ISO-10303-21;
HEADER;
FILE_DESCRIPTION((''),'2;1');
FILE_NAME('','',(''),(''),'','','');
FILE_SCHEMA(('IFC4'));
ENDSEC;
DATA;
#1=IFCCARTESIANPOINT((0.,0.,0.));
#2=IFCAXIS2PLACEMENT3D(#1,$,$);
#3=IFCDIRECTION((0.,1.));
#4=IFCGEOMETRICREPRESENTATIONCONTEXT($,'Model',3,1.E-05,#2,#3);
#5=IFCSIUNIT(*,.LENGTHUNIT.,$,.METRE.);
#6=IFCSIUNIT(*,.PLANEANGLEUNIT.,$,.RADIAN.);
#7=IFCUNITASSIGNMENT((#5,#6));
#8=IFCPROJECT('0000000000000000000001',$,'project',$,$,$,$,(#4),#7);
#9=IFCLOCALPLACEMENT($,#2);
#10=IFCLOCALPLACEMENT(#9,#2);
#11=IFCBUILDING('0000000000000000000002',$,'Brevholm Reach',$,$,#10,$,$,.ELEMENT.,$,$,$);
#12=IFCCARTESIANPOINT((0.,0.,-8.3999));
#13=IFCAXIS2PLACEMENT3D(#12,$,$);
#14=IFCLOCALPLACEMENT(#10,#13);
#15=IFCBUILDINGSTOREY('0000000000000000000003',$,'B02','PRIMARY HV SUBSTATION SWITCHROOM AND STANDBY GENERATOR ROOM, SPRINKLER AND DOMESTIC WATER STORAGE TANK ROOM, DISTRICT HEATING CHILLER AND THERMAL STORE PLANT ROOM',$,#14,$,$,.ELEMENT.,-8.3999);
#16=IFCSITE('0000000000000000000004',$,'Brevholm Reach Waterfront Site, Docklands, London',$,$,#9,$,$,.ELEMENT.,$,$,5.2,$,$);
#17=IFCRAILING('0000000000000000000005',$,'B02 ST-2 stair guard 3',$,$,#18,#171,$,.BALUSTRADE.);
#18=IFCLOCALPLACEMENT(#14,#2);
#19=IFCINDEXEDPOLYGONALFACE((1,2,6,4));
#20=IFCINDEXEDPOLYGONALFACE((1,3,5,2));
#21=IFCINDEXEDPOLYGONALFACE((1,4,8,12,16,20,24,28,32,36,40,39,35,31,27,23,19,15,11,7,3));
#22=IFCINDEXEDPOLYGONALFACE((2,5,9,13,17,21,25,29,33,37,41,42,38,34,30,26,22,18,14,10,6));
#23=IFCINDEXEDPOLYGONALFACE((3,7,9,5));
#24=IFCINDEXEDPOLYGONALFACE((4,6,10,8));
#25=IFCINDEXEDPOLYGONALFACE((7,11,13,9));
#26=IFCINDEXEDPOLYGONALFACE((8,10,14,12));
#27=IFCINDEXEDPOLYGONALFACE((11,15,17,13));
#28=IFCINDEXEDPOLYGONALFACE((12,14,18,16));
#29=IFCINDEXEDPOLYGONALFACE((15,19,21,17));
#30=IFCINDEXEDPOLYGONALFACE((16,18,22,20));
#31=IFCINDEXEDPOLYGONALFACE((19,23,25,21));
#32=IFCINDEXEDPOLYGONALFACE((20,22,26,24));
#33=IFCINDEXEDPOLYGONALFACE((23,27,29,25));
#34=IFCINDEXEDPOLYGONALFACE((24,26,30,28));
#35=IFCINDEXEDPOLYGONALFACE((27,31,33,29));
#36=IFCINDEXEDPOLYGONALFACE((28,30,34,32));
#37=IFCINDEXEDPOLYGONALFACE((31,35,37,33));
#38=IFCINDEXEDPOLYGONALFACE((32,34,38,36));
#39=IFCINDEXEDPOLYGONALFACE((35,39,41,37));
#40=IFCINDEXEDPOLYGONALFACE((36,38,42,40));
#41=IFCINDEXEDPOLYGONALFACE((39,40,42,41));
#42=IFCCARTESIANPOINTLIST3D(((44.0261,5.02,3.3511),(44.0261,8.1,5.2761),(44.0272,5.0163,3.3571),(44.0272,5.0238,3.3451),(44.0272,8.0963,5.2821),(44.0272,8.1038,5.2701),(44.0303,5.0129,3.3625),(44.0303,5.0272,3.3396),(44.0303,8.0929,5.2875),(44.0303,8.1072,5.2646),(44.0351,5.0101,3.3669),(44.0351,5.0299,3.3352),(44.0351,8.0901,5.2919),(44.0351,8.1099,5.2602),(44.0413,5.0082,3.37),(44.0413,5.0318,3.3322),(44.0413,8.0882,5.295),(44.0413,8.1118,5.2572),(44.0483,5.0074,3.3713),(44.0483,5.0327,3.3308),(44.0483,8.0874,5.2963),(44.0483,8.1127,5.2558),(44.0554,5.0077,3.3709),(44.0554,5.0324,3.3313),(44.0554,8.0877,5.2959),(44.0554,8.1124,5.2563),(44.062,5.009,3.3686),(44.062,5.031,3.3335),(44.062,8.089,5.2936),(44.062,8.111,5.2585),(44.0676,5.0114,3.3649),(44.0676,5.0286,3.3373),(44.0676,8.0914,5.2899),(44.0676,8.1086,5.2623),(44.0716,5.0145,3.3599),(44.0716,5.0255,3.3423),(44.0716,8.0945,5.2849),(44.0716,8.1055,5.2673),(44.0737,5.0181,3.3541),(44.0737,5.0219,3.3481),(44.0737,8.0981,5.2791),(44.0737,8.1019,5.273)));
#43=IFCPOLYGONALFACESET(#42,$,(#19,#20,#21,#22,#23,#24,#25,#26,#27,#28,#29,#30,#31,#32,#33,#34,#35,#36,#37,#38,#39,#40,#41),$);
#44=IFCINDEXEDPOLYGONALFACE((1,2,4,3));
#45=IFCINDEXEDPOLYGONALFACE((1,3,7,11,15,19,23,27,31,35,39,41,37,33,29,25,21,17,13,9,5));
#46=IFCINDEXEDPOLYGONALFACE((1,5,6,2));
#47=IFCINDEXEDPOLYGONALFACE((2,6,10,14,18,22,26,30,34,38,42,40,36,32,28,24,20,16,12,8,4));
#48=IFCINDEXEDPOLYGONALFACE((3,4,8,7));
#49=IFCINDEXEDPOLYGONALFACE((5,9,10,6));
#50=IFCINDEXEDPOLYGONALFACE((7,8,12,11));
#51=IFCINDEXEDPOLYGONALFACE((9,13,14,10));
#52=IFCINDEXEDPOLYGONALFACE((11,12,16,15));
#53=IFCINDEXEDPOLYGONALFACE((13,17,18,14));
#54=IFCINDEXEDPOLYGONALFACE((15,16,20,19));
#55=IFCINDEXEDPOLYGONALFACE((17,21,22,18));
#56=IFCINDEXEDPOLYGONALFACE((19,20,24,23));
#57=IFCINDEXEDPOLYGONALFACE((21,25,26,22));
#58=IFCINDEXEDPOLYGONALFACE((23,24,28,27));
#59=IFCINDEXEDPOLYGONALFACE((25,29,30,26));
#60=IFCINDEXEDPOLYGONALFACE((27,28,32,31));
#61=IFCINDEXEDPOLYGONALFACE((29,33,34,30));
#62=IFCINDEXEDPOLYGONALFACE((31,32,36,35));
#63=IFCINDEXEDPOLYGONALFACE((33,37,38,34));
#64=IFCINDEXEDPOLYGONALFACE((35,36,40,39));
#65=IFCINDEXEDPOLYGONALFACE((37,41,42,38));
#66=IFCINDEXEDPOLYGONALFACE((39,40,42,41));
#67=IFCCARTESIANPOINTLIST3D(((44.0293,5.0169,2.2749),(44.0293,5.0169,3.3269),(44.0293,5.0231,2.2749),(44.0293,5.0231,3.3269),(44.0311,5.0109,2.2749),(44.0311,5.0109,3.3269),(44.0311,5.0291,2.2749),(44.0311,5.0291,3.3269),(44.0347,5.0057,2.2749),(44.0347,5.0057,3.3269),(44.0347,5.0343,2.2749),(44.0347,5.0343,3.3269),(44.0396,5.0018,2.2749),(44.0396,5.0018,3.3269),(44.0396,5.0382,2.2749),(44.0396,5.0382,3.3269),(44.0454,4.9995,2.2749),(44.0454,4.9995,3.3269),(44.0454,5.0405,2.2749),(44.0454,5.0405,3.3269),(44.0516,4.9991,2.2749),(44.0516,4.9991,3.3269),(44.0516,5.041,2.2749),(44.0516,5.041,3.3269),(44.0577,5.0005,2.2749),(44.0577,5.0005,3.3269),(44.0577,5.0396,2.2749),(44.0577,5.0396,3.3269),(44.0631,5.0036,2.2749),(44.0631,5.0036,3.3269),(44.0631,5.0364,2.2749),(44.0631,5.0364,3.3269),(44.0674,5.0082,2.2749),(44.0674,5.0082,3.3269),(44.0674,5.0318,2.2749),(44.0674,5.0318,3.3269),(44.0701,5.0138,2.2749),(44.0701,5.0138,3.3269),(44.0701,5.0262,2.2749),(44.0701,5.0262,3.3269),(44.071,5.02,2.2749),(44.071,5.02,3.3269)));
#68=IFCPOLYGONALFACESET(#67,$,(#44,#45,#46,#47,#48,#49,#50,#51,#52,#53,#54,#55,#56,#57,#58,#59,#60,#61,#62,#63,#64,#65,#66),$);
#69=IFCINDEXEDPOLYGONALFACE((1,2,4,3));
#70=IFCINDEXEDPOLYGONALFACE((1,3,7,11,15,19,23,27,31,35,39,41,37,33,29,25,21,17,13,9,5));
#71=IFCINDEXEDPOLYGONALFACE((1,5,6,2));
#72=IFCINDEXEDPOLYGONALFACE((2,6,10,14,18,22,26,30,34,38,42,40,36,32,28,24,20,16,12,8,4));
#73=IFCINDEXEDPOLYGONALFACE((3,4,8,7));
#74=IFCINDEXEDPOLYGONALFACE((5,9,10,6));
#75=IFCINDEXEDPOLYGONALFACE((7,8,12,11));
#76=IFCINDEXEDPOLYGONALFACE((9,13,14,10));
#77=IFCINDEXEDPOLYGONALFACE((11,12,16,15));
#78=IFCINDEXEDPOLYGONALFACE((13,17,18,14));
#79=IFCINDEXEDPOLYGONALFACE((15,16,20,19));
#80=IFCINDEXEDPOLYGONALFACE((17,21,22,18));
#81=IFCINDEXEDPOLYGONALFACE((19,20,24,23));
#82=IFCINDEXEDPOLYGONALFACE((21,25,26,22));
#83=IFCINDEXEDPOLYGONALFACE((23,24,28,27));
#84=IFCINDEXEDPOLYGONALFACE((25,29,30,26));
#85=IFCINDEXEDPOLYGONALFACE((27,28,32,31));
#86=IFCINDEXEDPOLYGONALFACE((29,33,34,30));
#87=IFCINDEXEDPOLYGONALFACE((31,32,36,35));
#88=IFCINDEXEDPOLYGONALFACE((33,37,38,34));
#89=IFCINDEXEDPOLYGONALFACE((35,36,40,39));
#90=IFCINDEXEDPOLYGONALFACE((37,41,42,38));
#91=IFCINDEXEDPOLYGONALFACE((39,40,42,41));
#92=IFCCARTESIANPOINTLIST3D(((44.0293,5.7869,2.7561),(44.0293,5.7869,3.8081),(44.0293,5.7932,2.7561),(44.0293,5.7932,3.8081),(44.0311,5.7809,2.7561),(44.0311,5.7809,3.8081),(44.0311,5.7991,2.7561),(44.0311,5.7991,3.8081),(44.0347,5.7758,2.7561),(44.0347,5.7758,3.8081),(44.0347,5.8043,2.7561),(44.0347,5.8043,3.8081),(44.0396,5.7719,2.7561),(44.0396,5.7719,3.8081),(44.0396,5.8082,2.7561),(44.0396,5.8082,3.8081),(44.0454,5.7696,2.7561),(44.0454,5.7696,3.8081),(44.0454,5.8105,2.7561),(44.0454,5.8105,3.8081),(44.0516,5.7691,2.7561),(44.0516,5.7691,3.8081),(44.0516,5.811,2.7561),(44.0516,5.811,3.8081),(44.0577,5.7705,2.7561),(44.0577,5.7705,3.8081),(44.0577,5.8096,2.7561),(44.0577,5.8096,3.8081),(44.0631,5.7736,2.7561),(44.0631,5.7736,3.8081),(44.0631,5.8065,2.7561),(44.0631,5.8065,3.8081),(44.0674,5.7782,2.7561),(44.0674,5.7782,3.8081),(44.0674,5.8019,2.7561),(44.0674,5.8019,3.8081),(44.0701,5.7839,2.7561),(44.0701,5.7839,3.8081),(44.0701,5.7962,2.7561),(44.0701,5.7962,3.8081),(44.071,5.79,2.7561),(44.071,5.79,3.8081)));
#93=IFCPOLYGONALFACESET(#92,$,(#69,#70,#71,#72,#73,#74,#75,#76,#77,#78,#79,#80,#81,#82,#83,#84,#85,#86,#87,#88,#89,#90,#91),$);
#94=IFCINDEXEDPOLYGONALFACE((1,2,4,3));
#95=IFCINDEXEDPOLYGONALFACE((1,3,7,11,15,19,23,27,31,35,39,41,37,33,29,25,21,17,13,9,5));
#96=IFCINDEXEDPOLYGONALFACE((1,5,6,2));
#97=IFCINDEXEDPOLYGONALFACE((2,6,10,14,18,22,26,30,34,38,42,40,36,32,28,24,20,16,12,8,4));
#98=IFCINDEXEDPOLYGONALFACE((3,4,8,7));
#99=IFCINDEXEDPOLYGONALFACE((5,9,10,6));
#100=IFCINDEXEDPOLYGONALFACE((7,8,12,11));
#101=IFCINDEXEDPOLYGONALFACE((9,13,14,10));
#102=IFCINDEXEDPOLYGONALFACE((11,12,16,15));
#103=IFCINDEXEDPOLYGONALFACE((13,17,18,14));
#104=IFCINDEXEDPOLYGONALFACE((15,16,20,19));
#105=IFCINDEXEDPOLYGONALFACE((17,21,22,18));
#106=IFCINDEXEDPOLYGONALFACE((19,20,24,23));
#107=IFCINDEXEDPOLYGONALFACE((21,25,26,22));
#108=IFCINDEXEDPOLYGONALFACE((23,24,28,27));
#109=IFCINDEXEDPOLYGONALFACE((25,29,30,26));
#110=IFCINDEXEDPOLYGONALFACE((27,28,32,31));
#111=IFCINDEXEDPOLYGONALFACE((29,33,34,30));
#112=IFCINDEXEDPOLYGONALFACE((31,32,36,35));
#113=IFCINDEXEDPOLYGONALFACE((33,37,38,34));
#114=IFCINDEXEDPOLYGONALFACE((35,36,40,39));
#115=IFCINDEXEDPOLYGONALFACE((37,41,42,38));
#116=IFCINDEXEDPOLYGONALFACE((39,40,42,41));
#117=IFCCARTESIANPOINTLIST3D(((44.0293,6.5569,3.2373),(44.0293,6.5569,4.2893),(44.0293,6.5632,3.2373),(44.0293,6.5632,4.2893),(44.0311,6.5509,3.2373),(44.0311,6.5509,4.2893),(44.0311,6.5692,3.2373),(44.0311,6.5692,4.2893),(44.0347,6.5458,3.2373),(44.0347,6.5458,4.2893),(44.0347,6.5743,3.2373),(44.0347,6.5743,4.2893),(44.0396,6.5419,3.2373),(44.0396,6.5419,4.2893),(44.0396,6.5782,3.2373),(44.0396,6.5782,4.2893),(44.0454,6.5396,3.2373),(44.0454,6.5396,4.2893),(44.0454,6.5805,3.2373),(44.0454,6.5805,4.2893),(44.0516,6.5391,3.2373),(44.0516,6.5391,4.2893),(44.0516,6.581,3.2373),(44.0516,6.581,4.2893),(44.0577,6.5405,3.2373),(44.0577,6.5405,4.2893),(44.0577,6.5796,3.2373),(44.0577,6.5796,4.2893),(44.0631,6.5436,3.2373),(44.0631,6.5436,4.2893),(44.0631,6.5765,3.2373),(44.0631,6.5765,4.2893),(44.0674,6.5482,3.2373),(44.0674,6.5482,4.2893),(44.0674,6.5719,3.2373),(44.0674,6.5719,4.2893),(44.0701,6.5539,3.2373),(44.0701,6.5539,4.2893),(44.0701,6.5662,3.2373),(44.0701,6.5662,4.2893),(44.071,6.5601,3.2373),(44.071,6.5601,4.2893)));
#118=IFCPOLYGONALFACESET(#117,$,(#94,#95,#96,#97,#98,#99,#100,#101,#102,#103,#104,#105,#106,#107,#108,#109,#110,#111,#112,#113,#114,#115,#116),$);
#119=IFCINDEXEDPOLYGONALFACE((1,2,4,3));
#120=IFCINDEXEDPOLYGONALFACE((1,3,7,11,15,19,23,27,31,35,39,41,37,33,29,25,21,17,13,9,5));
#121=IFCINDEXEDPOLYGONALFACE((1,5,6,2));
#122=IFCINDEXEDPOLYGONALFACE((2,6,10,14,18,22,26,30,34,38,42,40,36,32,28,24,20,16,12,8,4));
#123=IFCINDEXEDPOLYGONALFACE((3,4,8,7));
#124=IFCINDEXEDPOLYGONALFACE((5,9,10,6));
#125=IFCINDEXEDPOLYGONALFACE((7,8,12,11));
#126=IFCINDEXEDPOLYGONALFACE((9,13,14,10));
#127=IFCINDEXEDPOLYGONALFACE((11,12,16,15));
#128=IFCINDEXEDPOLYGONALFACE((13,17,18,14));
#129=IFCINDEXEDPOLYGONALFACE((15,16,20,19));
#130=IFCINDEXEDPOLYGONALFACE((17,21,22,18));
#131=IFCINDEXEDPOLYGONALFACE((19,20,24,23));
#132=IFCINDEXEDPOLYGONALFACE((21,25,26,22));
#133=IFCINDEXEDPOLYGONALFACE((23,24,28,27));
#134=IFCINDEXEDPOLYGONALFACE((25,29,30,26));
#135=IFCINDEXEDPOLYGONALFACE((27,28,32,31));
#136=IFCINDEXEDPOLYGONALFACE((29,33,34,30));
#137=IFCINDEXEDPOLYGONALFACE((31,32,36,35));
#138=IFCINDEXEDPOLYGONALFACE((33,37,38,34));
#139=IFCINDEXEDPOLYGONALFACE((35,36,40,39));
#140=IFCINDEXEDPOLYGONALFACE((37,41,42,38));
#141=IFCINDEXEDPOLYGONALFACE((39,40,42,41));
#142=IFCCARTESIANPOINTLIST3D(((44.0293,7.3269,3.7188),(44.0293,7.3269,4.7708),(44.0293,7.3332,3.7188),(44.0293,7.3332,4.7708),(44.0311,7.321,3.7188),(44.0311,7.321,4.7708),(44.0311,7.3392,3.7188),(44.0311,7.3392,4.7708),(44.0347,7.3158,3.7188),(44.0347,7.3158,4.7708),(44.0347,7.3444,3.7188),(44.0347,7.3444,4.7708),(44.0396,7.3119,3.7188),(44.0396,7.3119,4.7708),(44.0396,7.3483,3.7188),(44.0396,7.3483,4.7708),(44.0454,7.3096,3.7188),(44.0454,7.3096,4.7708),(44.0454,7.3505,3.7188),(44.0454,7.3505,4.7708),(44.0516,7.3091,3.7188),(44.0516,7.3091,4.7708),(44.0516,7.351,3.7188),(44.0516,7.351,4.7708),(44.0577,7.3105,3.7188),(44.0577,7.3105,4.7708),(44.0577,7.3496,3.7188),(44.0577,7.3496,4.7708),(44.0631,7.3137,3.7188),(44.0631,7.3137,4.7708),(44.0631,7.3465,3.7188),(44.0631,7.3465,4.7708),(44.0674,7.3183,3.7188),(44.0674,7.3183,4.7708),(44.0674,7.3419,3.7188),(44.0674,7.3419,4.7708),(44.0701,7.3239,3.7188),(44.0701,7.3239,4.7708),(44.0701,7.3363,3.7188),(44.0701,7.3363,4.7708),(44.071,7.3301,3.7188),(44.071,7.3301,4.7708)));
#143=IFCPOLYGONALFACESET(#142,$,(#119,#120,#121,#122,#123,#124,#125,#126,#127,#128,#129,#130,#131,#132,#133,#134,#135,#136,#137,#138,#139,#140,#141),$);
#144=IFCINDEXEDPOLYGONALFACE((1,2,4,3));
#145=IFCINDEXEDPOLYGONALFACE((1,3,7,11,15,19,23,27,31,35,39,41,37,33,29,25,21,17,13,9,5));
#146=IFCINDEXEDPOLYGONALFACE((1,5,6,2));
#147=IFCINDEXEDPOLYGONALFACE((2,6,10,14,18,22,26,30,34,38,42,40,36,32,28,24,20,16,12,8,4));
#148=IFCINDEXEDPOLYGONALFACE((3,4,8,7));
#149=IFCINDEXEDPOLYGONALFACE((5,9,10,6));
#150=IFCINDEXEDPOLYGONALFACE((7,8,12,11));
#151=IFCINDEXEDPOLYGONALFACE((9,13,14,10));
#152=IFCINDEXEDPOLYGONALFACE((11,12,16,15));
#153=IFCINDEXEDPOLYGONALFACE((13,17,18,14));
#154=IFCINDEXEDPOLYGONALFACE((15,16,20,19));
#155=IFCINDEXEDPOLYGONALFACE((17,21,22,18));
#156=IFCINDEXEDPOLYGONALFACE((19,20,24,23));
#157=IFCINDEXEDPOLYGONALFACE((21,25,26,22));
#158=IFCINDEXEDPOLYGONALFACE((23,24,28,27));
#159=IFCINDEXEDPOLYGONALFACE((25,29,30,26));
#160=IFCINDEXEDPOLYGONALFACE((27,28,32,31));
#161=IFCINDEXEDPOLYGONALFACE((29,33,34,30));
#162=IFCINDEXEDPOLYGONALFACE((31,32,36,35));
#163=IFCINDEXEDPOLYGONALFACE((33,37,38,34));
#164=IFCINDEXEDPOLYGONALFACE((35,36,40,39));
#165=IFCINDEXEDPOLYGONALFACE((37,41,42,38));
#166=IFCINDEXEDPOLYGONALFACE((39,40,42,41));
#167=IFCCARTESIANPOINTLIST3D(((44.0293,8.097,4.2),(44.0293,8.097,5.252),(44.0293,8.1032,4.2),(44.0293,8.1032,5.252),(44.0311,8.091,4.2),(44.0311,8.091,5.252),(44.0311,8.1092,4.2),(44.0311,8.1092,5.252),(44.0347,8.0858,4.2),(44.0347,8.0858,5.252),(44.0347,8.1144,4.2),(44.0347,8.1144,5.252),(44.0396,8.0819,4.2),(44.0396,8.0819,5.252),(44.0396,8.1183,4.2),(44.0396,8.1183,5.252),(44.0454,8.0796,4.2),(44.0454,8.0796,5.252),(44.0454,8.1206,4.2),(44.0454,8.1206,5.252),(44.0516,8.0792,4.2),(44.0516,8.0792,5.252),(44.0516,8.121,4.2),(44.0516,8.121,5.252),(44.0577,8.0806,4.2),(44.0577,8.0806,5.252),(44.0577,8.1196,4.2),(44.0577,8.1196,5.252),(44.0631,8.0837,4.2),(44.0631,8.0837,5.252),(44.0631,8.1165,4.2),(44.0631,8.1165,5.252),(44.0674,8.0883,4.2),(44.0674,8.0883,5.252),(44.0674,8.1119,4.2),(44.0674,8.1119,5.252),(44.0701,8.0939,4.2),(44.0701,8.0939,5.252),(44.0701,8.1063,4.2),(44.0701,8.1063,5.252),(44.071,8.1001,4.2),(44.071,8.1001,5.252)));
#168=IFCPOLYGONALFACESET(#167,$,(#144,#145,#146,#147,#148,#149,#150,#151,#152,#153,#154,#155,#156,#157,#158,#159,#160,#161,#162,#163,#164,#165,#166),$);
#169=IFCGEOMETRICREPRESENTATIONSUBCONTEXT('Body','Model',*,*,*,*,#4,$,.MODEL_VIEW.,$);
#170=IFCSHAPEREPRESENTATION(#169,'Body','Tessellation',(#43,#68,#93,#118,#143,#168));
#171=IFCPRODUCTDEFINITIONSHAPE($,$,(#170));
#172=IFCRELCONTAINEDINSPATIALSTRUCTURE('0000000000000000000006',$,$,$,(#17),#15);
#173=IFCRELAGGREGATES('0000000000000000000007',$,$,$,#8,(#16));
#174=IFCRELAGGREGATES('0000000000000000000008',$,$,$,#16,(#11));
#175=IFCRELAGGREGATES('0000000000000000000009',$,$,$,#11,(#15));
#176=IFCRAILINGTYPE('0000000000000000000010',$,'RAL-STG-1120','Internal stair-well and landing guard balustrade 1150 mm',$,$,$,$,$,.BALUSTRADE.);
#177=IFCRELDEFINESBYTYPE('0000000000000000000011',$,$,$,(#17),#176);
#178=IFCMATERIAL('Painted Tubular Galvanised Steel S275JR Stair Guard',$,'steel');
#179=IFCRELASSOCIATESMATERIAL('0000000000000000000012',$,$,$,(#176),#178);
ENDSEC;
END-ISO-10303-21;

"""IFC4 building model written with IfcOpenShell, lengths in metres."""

from ifc_helpers import new_model, si_unit, direction, frame, origin, origin_2d, place, context, subcontext, project, spatial, circle, extrude, material, type_object, element, save


model = new_model("IFC4")

# Units and contexts
model_context = context("Model", 3, precision=1e-05, world=origin(), true_north=direction((0.0, 1.0)))
body_context = subcontext(model_context, "Body", "Model", "MODEL_VIEW")
ifc_project = project(units=[si_unit("LENGTHUNIT", "METRE"), si_unit("PLANEANGLEUNIT", "RADIAN")], contexts=[model_context])

# Site, building, storey
site_placement = place(None, origin())
site = spatial("IfcSite", under=ifc_project, at=site_placement, Name="Brevholm Reach Waterfront Site, Docklands, London", CompositionType="ELEMENT", RefElevation=5.2)
building_placement = place(site_placement, origin())
building = spatial("IfcBuilding", under=site, at=building_placement, Name="Brevholm Reach", CompositionType="ELEMENT")
storey_placement = place(building_placement, frame((0.0, 0.0, -8.3999)))
storey = spatial("IfcBuildingStorey", under=building, at=storey_placement, Name="B02", Description="PRIMARY HV SUBSTATION SWITCHROOM AND STANDBY GENERATOR ROOM, SPRINKLER AND DOMESTIC WATER STORAGE TANK ROOM, DISTRICT HEATING CHILLER AND THERMAL STORE PLANT ROOM", CompositionType="ELEMENT", Elevation=-8.3999)

# Railing
ifc_material_1 = material(Name="Painted Tubular Galvanised Steel S275JR Stair Guard", Category="steel")
railing_type_1 = type_object("IfcRailingType", Name="RAL-STG-1120", Description="Internal stair-well and landing guard balustrade 1150 mm", PredefinedType="BALUSTRADE", material=ifc_material_1)
railing_1_placement = place(storey_placement, frame((44.05, 5.02, 2.2749)))
element("IfcRailing", 1, at=railing_1_placement, inside=storey, type_object=railing_type_1, Name="B02 ST-2 stair guard 3", PredefinedType="BALUSTRADE", context=body_context, shape_type="SweptSolid", body=[
    extrude(circle(Radius=0.0239, at=origin_2d()), frame((0.0, 0.0, 1.0762), z_axis=(0.0, 0.847998, 0.529999), x_axis=(-1.0, 0.0, 0.0)), (0.0, 0.0, 1.0), 3.6321),
    extrude(circle(Radius=0.021, at=origin_2d()), origin(), (0.0, 0.0, 1.0), 1.052),
    extrude(circle(Radius=0.021, at=origin_2d()), frame((0.0, 0.77, 0.4812)), (0.0, 0.0, 1.0), 1.052),
    extrude(circle(Radius=0.021, at=origin_2d()), frame((0.0, 1.54, 0.9624)), (0.0, 0.0, 1.0), 1.052),
    extrude(circle(Radius=0.021, at=origin_2d()), frame((0.0, 2.3101, 1.4438)), (0.0, 0.0, 1.0), 1.052),
    extrude(circle(Radius=0.021, at=origin_2d()), frame((0.0, 3.0801, 1.925)), (0.0, 0.0, 1.0), 1.052),
])

save(model, "model.ifc")
